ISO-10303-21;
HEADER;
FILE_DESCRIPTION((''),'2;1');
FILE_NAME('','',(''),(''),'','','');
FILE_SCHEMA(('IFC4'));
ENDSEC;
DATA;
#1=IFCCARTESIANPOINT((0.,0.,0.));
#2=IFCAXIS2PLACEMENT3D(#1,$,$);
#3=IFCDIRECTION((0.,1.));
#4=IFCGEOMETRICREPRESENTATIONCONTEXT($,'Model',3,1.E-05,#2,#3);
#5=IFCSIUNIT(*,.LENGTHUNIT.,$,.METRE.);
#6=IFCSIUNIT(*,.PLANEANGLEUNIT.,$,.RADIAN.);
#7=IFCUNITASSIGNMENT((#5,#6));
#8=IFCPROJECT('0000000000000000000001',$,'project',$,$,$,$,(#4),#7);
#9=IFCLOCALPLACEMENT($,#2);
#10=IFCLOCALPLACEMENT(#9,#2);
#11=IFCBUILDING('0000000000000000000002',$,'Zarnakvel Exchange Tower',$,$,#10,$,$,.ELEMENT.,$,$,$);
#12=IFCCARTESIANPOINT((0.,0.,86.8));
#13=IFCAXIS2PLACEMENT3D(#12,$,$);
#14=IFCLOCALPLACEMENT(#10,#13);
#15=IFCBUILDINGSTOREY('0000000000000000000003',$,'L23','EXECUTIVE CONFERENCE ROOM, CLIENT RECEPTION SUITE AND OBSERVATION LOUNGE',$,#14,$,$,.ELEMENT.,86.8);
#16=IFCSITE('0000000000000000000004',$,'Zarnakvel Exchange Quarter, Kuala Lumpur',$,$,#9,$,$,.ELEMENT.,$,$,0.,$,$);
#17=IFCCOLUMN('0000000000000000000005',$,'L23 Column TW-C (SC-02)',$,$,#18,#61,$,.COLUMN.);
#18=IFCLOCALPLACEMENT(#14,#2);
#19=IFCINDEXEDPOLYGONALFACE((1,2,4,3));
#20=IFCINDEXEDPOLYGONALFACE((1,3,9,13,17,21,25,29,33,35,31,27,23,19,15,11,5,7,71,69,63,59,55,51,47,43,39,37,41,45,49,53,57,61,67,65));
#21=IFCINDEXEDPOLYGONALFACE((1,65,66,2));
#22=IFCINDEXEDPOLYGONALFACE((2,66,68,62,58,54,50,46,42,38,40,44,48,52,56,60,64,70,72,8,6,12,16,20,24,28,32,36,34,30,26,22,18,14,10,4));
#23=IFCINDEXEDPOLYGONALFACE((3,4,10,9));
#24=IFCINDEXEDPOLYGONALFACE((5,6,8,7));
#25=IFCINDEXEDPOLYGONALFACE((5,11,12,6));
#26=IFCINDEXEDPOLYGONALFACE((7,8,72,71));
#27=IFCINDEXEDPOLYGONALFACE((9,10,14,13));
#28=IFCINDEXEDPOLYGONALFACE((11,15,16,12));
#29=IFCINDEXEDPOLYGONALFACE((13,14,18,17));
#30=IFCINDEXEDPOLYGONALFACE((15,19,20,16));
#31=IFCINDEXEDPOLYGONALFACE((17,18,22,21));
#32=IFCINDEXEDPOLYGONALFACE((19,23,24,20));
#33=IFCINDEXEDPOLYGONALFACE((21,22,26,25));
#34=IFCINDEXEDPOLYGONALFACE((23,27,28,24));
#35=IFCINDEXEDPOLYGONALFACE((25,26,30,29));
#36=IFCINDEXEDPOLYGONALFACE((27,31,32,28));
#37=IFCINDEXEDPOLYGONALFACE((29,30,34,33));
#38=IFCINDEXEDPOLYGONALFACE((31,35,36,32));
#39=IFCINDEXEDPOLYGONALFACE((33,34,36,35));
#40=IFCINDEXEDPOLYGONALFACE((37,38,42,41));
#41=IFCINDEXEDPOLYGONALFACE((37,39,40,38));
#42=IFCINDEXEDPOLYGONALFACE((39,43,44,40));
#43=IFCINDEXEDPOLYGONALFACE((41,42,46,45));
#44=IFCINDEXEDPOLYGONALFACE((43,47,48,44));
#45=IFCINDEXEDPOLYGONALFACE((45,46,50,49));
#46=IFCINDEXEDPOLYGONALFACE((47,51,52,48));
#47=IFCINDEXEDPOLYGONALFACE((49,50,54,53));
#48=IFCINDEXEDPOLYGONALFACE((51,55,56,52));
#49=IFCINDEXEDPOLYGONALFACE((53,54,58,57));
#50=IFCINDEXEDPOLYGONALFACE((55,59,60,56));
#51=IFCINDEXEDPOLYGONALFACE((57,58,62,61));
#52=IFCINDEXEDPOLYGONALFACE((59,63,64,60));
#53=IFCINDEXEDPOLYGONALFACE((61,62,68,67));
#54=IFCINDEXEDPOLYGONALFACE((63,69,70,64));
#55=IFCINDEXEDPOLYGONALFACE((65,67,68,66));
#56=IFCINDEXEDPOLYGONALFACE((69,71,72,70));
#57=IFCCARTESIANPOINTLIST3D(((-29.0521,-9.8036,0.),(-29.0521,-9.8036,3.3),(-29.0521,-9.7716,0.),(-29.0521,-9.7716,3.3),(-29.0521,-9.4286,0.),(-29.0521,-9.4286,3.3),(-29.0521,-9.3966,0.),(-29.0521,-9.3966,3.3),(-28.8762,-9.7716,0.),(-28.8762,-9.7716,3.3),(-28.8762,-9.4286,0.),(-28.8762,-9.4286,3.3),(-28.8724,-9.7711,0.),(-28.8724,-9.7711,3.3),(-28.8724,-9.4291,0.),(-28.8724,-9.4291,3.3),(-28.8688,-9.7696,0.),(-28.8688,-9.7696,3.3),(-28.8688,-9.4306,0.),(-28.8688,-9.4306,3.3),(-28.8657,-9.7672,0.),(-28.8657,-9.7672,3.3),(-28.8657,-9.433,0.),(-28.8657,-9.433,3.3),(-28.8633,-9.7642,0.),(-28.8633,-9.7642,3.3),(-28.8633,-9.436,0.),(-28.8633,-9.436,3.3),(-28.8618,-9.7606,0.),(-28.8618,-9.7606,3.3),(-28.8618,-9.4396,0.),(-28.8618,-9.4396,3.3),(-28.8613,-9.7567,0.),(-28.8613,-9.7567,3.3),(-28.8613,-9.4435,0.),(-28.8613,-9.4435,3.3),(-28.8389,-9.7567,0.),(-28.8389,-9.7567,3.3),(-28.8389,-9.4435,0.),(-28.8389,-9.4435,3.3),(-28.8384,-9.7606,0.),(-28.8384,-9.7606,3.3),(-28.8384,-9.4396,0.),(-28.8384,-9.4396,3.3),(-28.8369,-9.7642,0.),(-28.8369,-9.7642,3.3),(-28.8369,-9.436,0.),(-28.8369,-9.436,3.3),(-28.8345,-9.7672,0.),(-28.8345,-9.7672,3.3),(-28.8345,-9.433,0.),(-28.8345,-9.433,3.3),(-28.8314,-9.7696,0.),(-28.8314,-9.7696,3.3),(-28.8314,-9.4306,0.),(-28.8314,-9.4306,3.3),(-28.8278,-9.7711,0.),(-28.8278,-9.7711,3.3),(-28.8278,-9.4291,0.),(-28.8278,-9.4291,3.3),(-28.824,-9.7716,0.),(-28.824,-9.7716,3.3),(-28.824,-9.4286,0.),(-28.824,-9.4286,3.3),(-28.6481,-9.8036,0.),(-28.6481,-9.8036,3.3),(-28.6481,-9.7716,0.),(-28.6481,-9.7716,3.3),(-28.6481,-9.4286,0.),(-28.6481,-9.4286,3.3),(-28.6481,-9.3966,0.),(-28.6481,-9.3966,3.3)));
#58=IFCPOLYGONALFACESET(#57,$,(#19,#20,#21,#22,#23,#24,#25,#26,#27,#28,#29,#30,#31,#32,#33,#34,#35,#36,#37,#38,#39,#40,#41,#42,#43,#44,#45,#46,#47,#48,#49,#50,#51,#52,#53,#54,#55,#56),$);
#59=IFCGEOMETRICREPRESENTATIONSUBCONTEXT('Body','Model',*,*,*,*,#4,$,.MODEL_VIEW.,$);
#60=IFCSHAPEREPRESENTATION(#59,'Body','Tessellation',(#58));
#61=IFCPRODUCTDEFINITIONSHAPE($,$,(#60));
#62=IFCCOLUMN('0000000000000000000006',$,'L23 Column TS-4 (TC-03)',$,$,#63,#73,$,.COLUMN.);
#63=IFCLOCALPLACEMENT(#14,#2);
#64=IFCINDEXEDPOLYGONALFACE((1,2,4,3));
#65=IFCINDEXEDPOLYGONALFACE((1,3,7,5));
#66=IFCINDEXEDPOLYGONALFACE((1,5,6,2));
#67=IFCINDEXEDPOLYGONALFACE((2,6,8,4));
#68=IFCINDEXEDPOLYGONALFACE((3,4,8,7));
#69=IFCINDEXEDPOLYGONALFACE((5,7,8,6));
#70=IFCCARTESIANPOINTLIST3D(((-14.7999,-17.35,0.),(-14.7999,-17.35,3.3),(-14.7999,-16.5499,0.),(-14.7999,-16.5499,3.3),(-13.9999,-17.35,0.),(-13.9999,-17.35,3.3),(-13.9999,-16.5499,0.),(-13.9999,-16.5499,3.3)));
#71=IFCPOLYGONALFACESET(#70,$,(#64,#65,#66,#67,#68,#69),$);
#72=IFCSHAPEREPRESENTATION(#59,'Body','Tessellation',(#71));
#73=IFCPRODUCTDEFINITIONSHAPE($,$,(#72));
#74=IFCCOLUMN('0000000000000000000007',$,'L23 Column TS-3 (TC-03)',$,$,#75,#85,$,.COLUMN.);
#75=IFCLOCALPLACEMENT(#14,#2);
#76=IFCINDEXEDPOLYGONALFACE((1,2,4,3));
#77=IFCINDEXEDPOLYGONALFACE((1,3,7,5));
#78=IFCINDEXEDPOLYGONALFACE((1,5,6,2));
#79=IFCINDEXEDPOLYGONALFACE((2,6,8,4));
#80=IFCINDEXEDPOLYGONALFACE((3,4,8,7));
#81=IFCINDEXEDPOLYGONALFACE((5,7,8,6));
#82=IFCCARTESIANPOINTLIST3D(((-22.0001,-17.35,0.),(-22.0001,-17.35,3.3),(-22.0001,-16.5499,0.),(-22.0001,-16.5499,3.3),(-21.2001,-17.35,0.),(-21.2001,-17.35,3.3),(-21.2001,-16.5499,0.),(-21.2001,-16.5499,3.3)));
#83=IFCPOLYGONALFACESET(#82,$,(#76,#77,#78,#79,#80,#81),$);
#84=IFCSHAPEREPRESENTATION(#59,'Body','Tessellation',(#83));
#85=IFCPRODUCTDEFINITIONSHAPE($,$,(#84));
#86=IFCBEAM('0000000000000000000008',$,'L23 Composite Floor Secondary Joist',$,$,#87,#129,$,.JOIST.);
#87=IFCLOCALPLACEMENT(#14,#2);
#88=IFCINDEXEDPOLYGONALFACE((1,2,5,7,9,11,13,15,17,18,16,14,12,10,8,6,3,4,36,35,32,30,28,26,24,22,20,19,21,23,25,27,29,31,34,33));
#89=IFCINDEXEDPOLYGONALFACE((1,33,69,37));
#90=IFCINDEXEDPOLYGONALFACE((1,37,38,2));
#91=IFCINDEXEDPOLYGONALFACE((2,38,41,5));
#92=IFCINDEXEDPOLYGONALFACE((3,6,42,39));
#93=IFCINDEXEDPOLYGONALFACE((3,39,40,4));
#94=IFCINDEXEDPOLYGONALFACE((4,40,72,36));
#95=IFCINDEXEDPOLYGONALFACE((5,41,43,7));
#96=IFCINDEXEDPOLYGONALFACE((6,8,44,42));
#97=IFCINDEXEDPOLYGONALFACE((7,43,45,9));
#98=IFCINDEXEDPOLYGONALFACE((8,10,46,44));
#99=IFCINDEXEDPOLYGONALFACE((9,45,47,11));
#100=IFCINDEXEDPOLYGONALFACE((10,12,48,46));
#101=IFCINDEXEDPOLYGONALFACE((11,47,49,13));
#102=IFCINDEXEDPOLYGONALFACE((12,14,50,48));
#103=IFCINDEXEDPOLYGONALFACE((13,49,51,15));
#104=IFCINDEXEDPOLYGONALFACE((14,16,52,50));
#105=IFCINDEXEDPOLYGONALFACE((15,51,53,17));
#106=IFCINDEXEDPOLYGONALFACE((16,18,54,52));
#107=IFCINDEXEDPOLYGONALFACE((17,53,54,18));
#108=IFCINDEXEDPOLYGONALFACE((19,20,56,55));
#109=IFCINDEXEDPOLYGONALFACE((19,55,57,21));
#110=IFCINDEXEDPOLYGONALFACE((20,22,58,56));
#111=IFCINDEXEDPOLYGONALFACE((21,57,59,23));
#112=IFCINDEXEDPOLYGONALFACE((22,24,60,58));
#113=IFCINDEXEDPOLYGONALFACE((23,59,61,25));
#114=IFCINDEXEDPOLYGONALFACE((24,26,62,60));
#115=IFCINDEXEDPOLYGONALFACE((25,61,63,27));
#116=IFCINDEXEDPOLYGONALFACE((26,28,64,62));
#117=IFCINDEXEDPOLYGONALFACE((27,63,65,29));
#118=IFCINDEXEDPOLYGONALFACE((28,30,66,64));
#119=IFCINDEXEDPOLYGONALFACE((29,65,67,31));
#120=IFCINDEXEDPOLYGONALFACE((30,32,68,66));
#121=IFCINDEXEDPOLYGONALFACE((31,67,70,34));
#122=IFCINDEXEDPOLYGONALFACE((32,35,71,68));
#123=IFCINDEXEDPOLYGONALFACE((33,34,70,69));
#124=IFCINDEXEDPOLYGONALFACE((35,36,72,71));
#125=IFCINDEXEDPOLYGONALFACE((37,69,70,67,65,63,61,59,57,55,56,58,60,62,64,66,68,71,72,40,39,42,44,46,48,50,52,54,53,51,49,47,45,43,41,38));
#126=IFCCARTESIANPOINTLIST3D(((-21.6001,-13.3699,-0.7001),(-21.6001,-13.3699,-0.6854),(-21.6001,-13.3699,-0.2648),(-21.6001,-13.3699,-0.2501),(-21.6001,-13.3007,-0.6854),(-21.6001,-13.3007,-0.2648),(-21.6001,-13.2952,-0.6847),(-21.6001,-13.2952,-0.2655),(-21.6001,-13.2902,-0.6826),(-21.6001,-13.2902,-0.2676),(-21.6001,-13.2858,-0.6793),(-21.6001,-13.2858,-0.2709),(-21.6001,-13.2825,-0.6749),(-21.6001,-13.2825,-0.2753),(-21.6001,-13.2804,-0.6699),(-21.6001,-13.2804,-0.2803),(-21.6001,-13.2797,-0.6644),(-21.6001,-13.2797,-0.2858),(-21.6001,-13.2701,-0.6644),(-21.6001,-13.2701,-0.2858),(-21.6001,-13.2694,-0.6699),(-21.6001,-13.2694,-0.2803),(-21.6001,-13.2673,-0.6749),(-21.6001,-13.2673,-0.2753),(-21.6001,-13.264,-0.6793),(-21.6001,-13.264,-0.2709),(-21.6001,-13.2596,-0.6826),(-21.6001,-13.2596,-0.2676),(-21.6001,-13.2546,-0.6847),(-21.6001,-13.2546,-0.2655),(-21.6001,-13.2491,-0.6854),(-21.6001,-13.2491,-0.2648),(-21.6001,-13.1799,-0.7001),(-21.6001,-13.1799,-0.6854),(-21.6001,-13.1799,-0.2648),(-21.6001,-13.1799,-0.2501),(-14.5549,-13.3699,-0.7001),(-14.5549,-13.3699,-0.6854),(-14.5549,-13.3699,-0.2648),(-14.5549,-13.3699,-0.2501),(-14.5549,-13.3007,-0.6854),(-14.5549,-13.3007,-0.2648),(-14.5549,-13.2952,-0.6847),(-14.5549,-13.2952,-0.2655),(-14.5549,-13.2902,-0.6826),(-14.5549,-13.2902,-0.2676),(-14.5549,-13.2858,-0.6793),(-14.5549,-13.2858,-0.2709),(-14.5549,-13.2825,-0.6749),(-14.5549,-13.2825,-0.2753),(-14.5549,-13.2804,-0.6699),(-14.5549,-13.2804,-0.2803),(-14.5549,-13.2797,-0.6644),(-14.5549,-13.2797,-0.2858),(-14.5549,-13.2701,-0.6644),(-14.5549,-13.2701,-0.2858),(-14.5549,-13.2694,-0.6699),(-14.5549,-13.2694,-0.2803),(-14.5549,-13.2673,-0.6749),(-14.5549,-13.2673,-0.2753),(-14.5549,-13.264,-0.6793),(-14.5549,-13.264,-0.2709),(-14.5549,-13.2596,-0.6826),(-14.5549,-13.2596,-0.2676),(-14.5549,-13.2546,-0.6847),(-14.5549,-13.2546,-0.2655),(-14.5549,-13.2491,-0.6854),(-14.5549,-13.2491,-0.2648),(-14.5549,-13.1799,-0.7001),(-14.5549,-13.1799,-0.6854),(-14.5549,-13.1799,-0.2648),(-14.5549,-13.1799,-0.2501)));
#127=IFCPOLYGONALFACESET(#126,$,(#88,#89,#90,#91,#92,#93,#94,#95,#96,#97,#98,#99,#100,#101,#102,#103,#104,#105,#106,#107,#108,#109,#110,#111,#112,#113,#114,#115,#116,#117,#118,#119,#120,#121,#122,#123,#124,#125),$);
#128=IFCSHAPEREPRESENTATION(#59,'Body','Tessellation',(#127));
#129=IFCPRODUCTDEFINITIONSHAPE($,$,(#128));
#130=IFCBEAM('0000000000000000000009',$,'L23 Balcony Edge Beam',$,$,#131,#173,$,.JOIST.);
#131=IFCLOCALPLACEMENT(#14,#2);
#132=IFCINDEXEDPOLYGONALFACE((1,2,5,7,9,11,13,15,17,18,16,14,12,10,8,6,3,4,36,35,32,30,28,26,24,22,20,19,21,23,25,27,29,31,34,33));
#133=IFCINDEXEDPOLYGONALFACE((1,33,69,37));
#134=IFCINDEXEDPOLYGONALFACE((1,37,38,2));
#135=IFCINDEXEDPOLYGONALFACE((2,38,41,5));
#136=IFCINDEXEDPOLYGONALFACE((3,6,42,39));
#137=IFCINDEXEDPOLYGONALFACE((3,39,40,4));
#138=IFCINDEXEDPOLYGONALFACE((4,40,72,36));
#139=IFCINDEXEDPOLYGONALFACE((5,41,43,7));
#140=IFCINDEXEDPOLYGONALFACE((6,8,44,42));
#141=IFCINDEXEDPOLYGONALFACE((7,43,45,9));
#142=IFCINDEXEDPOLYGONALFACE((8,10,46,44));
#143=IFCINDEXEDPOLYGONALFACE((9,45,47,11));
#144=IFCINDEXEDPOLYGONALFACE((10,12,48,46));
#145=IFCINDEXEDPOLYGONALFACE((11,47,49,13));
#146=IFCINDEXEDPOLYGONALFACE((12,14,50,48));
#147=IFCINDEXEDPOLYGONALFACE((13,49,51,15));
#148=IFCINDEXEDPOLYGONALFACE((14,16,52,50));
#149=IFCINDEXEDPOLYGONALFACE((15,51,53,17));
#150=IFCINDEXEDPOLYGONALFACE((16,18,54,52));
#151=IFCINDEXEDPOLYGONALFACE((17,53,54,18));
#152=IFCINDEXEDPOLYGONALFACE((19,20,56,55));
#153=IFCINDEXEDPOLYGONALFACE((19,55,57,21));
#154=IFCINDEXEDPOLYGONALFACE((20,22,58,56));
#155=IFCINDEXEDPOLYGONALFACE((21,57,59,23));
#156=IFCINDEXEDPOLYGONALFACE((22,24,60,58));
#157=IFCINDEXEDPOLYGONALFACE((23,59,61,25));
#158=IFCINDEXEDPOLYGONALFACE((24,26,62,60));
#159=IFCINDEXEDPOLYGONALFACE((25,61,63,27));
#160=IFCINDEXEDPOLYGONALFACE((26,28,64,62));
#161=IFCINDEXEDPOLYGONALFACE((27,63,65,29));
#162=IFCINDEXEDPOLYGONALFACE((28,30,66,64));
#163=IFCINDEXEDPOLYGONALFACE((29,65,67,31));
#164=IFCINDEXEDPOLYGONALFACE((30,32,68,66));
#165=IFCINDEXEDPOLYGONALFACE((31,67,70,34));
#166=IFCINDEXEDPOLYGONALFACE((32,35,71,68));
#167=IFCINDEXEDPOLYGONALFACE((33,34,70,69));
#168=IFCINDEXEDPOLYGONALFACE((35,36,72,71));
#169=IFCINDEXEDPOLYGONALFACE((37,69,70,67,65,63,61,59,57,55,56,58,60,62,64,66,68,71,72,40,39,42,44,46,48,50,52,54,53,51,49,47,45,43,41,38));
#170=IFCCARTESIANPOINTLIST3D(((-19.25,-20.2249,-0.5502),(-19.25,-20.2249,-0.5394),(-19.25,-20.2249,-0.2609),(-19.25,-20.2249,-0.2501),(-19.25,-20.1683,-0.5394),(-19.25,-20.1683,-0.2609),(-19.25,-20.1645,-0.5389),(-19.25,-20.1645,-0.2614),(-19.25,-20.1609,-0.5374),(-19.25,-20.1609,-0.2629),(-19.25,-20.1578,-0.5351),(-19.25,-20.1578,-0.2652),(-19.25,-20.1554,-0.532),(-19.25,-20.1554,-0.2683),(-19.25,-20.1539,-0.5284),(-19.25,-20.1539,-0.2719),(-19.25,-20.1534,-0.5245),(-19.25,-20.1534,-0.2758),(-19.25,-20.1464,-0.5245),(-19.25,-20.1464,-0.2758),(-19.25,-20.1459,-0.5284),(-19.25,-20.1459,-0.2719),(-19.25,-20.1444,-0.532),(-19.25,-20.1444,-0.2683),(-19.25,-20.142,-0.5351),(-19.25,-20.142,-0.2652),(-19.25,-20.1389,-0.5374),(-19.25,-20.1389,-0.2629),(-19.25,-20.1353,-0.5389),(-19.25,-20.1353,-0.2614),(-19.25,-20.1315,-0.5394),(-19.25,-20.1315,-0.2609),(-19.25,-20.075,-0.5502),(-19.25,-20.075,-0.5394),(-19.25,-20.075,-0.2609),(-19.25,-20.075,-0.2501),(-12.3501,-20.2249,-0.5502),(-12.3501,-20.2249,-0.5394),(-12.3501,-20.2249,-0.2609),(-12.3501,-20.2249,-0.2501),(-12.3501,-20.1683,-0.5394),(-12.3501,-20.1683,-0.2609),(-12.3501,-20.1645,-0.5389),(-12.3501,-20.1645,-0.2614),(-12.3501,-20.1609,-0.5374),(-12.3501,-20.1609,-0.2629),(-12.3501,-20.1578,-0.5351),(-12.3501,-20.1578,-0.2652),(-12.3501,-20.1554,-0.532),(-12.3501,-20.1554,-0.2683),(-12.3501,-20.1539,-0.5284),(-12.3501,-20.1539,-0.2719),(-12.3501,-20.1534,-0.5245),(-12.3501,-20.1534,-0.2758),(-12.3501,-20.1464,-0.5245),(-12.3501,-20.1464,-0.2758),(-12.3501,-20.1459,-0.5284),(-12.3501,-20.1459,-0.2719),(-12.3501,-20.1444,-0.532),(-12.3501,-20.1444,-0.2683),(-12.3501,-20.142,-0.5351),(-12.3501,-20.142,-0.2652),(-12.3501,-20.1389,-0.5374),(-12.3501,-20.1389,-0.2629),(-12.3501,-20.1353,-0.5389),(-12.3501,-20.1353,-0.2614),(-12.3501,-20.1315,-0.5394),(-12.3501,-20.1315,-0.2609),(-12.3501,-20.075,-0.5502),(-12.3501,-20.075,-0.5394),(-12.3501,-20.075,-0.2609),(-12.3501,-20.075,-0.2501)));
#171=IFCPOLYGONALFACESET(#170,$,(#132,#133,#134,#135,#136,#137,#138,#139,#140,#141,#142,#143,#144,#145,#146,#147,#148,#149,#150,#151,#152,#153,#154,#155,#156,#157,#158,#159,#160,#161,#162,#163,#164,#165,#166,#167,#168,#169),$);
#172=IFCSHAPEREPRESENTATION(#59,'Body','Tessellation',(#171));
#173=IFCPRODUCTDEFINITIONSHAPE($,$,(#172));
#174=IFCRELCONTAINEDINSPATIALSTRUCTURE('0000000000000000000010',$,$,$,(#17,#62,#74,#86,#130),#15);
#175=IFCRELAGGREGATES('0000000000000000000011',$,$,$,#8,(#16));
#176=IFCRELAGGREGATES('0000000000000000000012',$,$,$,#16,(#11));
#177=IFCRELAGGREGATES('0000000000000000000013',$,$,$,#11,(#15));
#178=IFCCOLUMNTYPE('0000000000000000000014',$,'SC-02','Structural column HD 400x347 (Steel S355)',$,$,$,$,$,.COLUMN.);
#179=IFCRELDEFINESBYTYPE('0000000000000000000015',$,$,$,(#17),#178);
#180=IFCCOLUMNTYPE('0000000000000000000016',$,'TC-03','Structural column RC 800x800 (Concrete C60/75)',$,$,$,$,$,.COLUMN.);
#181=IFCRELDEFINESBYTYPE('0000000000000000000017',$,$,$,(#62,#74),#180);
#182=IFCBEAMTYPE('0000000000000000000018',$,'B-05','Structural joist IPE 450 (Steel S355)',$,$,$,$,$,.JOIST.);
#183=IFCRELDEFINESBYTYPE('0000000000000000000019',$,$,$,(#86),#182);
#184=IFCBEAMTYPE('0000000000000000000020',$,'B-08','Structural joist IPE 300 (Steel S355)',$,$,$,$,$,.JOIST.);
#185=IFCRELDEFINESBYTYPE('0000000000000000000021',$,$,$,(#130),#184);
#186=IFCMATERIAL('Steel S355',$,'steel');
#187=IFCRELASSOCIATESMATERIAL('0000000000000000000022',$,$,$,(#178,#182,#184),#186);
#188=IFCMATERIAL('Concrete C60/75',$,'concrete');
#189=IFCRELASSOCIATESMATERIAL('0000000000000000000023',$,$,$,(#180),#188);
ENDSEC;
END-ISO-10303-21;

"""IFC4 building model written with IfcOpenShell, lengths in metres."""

from ifc_helpers import new_model, si_unit, direction, frame, origin, origin_2d, place, context, subcontext, project, spatial, rectangle, i_section, extrude, material, material_profile, profile_set, type_object, element, save


model = new_model("IFC4")

# Units and contexts
model_context = context("Model", 3, precision=1e-05, world=origin(), true_north=direction((0.0, 1.0)))
body_context = subcontext(model_context, "Body", "Model", "MODEL_VIEW")
ifc_project = project(units=[si_unit("LENGTHUNIT", "METRE"), si_unit("PLANEANGLEUNIT", "RADIAN")], contexts=[model_context])

# Site, building, storey
site_placement = place(None, origin())
site = spatial("IfcSite", under=ifc_project, at=site_placement, Name="Zarnakvel Exchange Quarter, Kuala Lumpur", CompositionType="ELEMENT", RefElevation=0.0)
building_placement = place(site_placement, origin())
building = spatial("IfcBuilding", under=site, at=building_placement, Name="Zarnakvel Exchange Tower", CompositionType="ELEMENT")
storey_placement = place(building_placement, frame((0.0, 0.0, 86.8)))
storey = spatial("IfcBuildingStorey", under=building, at=storey_placement, Name="L23", Description="EXECUTIVE CONFERENCE ROOM, CLIENT RECEPTION SUITE AND OBSERVATION LOUNGE", CompositionType="ELEMENT", Elevation=86.8)

# Columns
ifc_material_1 = material(Name="Steel S355", Category="steel")
ifc_material_profile_1 = material_profile(ifc_material_1, i_section(OverallWidth=0.4041, OverallDepth=0.407, WebThickness=0.0225, FlangeThickness=0.032, FilletRadius=0.0149, at=origin_2d()))
ifc_profile_set_1 = profile_set([ifc_material_profile_1], Name="Steel S355")
column_type_1 = type_object("IfcColumnType", Name="SC-02", Description="Structural column HD 400x347 (Steel S355)", PredefinedType="COLUMN", material=ifc_profile_set_1)
column_placement = place(storey_placement, frame((-28.8501, -9.6001, 0.0), z_axis=(0.0, 0.0, 1.0), x_axis=(1.0, 0.0, 0.0)))
element("IfcColumn", 1, at=column_placement, inside=storey, type_object=column_type_1, Name="L23 Column TW-C (SC-02)", PredefinedType="COLUMN", context=body_context, shape_type="SweptSolid", body=[
    extrude(i_section(OverallWidth=0.4041, OverallDepth=0.407, WebThickness=0.0225, FlangeThickness=0.032, FilletRadius=0.0149, at=origin_2d()), origin(), (0.0, 0.0, 1.0), 3.3),
])
ifc_material_2 = material(Name="Concrete C60/75", Category="concrete")
ifc_material_profile_2 = material_profile(ifc_material_2, rectangle(XDim=0.8, YDim=0.8, at=origin_2d()))
ifc_profile_set_2 = profile_set([ifc_material_profile_2], Name="Concrete C60/75")
column_type_2 = type_object("IfcColumnType", Name="TC-03", Description="Structural column RC 800x800 (Concrete C60/75)", PredefinedType="COLUMN", material=ifc_profile_set_2)
for number, where, z_axis, x_axis, name in (
    (2, (-14.3999, -16.95, 0.0), (0.0, 0.0, 1.0), (1.0, 0.0, 0.0), "L23 Column TS-4 (TC-03)"),
    (3, (-21.6001, -16.95, 0.0), (0.0, 0.0, 1.0), (1.0, 0.0, 0.0), "L23 Column TS-3 (TC-03)"),
):
    element("IfcColumn", number, at=place(storey_placement, frame(where, z_axis=z_axis, x_axis=x_axis)), inside=storey, type_object=column_type_2, Name=name, PredefinedType="COLUMN", context=body_context, shape_type="SweptSolid", body=[
        extrude(rectangle(XDim=0.8, YDim=0.8, at=origin_2d()), origin(), (0.0, 0.0, 1.0), 3.3),
    ])

# Beams
ifc_material_profile_3 = material_profile(ifc_material_1, i_section(OverallWidth=0.1899, OverallDepth=0.45, WebThickness=0.0095, FlangeThickness=0.0146, FilletRadius=0.021, at=origin_2d()))
ifc_profile_set_3 = profile_set([ifc_material_profile_3], Name="Steel S355")
beam_type_1 = type_object("IfcBeamType", Name="B-05", Description="Structural joist IPE 450 (Steel S355)", PredefinedType="JOIST", material=ifc_profile_set_3)
beam_1_placement = place(storey_placement, frame((-21.6001, -13.2749, -0.4751), z_axis=(1.0, 0.0, 0.0), x_axis=(0.0, 1.0, 0.0)))
element("IfcBeam", 4, at=beam_1_placement, inside=storey, type_object=beam_type_1, Name="L23 Composite Floor Secondary Joist", PredefinedType="JOIST", context=body_context, shape_type="SweptSolid", body=[
    extrude(i_section(OverallWidth=0.1899, OverallDepth=0.45, WebThickness=0.0095, FlangeThickness=0.0146, FilletRadius=0.021, at=origin_2d()), origin(), (0.0, 0.0, 1.0), 7.0452),
])
ifc_material_profile_4 = material_profile(ifc_material_1, i_section(OverallWidth=0.1499, OverallDepth=0.3, WebThickness=0.0071, FlangeThickness=0.0107, FilletRadius=0.0149, at=origin_2d()))
ifc_profile_set_4 = profile_set([ifc_material_profile_4], Name="Steel S355")
beam_type_2 = type_object("IfcBeamType", Name="B-08", Description="Structural joist IPE 300 (Steel S355)", PredefinedType="JOIST", material=ifc_profile_set_4)
beam_2_placement = place(storey_placement, frame((-19.25, -20.1499, -0.4001), z_axis=(1.0, 0.0, 0.0), x_axis=(0.0, 1.0, 0.0)))
element("IfcBeam", 5, at=beam_2_placement, inside=storey, type_object=beam_type_2, Name="L23 Balcony Edge Beam", PredefinedType="JOIST", context=body_context, shape_type="SweptSolid", body=[
    extrude(i_section(OverallWidth=0.1499, OverallDepth=0.3, WebThickness=0.0071, FlangeThickness=0.0107, FilletRadius=0.0149, at=origin_2d()), origin(), (0.0, 0.0, 1.0), 6.8999),
])

save(model, "model.ifc")
